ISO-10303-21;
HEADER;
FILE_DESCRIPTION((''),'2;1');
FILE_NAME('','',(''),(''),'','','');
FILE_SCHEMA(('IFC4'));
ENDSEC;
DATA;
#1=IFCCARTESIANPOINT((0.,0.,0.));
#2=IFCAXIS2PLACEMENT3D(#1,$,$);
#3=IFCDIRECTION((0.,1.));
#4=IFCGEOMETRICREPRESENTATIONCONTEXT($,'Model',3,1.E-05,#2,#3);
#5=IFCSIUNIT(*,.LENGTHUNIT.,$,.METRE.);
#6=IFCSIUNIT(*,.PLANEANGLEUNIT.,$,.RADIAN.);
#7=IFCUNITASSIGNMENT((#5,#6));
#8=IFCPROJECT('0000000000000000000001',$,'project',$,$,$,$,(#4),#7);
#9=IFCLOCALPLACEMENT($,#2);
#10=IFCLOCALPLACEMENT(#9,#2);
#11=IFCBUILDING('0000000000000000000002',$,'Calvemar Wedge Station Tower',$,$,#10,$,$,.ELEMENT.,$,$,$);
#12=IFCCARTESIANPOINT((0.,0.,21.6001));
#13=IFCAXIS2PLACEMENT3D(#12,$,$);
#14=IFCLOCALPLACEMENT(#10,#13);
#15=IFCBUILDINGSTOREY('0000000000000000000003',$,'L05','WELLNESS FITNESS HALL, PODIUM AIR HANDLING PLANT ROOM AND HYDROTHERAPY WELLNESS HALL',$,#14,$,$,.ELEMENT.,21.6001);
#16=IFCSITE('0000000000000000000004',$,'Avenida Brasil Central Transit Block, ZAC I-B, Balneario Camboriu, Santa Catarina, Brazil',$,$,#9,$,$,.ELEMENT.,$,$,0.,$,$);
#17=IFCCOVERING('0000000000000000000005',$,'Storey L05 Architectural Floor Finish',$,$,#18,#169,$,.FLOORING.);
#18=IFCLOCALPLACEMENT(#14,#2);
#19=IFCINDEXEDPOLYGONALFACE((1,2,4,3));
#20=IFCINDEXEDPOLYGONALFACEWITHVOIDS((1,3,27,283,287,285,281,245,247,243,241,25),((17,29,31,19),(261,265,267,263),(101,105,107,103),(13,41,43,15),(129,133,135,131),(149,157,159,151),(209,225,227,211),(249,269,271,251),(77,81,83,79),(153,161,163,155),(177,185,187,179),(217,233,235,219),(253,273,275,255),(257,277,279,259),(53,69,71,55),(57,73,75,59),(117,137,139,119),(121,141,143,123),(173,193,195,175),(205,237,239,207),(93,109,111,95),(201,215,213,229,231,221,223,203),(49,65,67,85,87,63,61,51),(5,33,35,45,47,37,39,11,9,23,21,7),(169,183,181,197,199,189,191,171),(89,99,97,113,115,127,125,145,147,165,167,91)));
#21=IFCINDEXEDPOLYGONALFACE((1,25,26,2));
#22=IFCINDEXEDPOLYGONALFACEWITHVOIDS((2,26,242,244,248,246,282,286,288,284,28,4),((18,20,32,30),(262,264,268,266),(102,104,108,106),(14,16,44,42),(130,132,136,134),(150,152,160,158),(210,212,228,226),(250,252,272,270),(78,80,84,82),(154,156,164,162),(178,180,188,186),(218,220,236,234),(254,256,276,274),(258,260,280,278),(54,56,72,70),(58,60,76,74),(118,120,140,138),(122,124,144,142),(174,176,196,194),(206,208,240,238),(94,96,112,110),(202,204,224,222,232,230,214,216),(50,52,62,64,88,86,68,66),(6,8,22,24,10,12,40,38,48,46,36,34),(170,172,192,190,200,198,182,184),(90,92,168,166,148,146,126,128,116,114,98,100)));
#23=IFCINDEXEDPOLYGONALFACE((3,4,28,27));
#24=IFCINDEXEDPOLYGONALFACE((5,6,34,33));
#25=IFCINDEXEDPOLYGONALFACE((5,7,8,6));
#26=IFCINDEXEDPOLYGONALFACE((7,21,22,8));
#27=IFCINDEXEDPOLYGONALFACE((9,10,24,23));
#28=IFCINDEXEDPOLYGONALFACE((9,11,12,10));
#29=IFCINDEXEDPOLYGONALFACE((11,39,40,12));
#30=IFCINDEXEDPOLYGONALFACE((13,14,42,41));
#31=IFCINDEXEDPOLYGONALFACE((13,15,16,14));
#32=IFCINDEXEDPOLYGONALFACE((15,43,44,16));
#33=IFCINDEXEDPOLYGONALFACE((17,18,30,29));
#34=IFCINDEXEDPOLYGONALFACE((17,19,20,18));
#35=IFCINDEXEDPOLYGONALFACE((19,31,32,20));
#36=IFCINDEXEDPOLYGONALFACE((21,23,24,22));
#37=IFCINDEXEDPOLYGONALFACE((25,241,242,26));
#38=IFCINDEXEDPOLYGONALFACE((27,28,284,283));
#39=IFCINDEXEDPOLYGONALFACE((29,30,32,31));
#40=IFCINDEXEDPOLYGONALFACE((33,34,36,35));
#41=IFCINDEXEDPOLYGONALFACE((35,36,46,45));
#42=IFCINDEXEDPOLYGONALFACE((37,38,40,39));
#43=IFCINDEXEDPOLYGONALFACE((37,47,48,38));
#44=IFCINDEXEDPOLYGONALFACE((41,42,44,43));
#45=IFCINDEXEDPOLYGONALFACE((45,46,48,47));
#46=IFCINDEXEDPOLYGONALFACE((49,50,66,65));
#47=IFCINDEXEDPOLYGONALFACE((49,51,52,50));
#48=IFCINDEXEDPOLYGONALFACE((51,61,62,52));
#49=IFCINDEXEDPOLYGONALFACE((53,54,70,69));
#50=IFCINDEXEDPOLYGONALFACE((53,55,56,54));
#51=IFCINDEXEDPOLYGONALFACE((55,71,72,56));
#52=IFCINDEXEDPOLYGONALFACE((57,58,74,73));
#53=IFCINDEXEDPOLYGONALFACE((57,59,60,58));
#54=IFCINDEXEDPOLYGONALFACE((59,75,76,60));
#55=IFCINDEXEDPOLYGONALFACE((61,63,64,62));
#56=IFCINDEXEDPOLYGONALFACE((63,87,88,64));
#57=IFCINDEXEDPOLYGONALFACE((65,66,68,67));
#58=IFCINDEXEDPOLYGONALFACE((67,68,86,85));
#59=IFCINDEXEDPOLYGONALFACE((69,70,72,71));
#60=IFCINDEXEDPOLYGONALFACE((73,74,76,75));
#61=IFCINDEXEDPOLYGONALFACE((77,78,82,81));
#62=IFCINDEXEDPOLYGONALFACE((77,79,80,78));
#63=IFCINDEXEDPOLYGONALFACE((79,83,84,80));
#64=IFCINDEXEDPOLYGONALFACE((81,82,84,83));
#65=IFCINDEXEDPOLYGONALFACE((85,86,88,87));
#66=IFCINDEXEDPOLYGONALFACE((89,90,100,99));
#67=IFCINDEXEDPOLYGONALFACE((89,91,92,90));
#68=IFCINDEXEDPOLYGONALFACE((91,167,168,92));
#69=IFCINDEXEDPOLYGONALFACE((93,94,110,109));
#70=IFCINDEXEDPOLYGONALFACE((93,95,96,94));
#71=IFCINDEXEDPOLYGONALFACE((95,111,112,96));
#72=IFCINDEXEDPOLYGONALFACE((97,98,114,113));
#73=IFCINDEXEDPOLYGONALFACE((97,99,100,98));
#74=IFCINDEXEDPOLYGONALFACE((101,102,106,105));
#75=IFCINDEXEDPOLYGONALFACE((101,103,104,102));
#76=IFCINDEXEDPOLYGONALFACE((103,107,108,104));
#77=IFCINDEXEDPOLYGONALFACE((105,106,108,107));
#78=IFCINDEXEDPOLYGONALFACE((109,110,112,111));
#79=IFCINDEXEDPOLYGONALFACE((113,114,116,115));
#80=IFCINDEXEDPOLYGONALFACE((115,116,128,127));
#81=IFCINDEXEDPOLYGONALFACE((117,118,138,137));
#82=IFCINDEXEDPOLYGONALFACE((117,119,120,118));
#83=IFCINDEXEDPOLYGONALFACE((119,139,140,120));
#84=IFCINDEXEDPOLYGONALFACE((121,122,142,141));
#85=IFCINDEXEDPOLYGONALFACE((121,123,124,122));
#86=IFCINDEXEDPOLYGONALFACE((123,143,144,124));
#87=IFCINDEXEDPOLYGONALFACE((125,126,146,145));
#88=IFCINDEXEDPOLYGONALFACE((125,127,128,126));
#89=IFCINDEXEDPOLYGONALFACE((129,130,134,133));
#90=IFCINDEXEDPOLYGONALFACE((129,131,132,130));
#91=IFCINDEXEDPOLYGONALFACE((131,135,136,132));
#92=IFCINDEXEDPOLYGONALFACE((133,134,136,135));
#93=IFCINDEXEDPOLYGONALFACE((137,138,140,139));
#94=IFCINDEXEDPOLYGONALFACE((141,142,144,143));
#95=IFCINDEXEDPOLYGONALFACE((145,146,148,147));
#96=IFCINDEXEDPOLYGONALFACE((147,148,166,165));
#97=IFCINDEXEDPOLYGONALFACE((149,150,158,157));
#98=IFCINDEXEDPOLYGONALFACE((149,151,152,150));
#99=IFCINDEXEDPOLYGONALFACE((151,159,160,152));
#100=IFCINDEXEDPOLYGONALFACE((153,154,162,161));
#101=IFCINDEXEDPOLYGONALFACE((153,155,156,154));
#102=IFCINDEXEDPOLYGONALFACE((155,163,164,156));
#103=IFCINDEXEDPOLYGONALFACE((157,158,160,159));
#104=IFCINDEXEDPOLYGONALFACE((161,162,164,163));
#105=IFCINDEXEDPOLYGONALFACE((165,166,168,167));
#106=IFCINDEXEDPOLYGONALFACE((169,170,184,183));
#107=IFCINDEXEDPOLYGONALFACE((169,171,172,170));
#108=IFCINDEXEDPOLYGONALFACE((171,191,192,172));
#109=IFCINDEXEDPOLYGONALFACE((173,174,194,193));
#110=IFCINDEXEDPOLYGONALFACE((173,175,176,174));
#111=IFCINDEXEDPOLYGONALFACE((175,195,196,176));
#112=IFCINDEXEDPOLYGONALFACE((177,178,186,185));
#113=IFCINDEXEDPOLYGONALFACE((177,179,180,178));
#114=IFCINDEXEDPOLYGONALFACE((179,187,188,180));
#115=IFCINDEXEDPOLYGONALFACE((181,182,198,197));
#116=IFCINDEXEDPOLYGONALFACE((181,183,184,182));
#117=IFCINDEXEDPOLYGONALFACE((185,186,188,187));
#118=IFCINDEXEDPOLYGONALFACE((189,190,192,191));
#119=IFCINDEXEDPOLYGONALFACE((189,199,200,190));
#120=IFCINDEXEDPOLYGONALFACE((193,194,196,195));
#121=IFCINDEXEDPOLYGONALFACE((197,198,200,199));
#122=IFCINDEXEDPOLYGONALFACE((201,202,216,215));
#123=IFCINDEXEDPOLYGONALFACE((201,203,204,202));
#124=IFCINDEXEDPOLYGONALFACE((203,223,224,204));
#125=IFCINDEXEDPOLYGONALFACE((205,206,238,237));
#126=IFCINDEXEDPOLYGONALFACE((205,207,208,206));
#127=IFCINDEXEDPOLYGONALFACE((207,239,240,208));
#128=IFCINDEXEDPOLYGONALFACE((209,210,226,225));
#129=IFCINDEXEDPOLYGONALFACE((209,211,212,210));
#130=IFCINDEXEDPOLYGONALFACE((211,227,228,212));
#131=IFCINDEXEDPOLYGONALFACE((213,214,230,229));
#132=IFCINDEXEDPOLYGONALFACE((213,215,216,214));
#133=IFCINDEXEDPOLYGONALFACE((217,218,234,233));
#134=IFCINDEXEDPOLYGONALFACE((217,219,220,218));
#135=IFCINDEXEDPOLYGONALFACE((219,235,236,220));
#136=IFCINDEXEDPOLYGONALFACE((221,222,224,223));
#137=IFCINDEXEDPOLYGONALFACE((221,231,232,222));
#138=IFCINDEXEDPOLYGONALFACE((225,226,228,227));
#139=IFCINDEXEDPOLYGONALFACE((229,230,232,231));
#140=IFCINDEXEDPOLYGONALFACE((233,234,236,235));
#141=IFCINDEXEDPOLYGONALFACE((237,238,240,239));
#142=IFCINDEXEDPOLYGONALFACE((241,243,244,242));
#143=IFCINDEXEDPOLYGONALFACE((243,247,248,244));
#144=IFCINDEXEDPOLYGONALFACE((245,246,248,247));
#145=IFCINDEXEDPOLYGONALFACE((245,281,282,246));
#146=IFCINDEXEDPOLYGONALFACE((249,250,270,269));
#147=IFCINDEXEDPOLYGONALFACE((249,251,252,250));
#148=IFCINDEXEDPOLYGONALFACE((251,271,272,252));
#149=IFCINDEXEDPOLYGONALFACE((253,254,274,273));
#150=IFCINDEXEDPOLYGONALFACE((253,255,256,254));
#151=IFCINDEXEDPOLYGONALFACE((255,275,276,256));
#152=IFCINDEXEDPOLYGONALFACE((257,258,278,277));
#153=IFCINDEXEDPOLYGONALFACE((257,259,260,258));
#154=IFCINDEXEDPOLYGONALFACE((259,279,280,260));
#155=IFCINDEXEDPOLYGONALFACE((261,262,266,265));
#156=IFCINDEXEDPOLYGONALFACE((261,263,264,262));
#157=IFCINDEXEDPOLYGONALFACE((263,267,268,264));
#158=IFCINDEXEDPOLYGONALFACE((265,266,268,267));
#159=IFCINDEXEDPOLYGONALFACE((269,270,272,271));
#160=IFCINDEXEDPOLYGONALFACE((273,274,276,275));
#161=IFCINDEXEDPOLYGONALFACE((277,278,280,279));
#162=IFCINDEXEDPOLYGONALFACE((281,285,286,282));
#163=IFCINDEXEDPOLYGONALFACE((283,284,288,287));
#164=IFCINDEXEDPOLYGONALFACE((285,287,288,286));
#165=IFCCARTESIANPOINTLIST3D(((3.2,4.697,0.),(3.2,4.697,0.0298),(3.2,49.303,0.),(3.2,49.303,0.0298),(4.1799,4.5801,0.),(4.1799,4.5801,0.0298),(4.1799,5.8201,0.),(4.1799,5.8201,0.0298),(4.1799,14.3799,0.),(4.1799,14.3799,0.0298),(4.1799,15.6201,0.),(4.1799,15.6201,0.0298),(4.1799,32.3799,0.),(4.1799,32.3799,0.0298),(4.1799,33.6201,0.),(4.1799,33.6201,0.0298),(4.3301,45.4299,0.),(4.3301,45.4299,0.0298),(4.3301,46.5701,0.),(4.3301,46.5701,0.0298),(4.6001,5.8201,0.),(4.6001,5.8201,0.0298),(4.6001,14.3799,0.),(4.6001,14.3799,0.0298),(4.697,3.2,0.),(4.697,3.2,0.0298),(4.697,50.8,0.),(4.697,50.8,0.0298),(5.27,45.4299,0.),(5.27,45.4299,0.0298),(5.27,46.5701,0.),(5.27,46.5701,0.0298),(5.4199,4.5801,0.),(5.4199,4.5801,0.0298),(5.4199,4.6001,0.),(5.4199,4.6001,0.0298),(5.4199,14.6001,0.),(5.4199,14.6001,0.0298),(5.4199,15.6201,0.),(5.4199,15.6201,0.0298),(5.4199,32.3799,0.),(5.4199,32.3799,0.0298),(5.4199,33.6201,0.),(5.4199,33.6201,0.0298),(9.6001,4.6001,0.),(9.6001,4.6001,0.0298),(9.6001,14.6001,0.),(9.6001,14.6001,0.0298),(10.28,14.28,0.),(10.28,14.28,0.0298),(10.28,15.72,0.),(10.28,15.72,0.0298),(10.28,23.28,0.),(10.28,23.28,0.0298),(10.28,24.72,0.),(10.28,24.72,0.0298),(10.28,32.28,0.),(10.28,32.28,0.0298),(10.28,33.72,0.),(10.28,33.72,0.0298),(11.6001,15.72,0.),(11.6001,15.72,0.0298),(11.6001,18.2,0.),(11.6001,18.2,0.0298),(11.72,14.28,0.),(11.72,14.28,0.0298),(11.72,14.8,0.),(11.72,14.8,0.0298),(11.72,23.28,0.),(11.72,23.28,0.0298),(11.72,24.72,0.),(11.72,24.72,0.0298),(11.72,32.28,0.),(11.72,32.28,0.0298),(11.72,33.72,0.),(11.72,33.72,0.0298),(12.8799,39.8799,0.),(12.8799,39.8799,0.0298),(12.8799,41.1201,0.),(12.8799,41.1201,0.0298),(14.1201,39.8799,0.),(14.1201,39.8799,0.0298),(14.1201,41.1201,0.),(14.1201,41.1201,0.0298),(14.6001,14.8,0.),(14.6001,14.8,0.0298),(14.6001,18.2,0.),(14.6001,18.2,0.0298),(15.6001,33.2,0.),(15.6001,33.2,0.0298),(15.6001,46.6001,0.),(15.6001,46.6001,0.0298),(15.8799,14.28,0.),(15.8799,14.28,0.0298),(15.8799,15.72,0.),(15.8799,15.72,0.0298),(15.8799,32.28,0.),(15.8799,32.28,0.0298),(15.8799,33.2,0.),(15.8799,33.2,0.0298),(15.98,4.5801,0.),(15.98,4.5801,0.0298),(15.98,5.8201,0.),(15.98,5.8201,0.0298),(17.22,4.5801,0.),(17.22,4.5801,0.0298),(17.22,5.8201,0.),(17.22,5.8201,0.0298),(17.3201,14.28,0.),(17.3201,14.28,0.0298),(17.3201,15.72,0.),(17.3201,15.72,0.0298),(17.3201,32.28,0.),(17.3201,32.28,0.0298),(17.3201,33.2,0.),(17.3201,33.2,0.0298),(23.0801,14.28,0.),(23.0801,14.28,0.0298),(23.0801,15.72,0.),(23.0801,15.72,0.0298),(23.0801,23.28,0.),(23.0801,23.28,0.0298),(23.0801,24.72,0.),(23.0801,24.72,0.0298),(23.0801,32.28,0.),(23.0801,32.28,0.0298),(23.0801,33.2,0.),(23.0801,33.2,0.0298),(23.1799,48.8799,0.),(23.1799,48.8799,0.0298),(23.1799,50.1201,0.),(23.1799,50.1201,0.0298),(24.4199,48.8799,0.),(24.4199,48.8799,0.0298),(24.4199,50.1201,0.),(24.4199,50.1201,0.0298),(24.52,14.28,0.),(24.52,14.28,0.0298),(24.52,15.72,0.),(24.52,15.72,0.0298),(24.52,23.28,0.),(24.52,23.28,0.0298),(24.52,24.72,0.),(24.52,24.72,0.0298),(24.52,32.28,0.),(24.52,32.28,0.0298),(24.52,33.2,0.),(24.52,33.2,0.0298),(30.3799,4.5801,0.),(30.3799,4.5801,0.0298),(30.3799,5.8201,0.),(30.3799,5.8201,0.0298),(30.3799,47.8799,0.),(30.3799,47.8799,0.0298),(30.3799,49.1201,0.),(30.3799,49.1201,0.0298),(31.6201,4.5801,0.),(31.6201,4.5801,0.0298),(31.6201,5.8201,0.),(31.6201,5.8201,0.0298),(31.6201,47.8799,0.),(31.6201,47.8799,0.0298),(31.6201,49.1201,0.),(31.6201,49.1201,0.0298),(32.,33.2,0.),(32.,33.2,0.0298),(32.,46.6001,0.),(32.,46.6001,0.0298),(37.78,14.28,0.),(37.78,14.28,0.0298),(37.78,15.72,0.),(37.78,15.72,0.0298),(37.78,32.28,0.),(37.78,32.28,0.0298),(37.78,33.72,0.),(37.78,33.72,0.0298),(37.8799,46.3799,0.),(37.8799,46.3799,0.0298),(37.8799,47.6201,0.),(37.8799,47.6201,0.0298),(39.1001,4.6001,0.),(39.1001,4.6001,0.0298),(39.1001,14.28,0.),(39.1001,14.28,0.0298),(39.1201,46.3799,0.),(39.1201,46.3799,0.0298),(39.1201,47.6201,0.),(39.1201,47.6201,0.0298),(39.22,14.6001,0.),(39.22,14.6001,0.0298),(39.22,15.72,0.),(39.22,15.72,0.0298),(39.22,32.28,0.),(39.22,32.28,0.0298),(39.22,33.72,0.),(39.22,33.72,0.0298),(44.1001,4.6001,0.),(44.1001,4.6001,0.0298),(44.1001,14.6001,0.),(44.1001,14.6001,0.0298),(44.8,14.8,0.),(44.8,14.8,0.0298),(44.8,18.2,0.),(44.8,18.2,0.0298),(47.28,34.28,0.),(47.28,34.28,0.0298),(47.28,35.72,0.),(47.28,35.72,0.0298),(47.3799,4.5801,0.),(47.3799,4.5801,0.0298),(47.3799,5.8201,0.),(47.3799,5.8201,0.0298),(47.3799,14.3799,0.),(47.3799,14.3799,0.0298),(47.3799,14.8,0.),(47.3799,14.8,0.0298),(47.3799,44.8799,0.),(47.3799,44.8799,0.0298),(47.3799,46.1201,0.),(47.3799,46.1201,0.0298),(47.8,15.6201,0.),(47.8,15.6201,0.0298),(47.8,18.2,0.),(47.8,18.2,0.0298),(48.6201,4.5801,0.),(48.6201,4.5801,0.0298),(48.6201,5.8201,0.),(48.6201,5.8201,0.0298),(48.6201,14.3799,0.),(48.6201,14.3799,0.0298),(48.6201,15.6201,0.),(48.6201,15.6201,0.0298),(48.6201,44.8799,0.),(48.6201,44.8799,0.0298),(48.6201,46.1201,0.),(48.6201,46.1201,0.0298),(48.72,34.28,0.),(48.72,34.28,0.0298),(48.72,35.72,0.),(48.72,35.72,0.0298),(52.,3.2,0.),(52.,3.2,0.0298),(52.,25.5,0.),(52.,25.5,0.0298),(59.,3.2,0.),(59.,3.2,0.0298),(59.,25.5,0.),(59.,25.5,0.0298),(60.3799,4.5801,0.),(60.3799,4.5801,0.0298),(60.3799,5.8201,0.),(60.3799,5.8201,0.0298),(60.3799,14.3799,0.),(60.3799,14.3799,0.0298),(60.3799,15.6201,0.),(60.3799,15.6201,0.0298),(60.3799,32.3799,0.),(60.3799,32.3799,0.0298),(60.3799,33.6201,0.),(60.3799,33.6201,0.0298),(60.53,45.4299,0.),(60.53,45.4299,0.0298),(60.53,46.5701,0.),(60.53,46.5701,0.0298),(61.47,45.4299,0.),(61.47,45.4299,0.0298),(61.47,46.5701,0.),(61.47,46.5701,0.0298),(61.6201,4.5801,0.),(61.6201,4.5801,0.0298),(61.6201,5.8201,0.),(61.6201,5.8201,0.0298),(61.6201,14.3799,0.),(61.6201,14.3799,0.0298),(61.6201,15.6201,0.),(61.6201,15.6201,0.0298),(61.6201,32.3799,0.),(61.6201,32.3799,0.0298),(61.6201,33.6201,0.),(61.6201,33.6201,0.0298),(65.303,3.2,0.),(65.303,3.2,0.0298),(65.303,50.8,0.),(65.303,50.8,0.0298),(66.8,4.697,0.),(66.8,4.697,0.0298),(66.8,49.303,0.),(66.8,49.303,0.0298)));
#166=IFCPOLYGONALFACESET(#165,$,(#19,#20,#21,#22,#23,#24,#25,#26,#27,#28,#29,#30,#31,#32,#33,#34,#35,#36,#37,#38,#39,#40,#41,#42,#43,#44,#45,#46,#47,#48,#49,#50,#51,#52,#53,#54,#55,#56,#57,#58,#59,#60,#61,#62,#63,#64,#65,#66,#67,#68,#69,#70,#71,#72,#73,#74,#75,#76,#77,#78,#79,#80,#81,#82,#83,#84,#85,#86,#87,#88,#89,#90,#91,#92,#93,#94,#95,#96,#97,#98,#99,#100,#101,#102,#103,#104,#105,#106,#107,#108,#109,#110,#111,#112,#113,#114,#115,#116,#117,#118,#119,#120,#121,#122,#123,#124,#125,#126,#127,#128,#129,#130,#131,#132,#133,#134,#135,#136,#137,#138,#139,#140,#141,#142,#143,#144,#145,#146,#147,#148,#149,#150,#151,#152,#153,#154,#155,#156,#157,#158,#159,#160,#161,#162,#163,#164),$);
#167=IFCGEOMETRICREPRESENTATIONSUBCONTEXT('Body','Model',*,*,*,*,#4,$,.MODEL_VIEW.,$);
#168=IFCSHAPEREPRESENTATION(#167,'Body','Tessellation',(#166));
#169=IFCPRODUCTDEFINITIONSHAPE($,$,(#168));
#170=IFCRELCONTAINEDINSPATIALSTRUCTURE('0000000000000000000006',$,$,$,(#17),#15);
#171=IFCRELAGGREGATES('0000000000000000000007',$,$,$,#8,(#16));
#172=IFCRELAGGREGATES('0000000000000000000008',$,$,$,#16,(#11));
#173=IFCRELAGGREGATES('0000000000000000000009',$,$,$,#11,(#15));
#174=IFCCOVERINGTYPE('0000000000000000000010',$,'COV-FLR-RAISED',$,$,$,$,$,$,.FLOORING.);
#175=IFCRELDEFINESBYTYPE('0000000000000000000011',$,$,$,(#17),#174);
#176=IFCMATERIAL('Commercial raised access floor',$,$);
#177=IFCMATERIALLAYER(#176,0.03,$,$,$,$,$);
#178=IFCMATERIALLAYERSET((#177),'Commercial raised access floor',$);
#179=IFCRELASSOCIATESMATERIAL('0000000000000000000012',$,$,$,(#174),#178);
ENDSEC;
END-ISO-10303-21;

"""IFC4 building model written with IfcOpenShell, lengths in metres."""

from ifc_helpers import new_model, si_unit, direction, frame, origin, place, context, subcontext, project, spatial, polyline, outline, extrude, material, layer, layer_set, type_object, element, save


model = new_model("IFC4")

# Units and contexts
model_context = context("Model", 3, precision=1e-05, world=origin(), true_north=direction((0.0, 1.0)))
body_context = subcontext(model_context, "Body", "Model", "MODEL_VIEW")
ifc_project = project(units=[si_unit("LENGTHUNIT", "METRE"), si_unit("PLANEANGLEUNIT", "RADIAN")], contexts=[model_context])

# Site, building, storey
site_placement = place(None, origin())
site = spatial("IfcSite", under=ifc_project, at=site_placement, Name="Avenida Brasil Central Transit Block, ZAC I-B, Balneario Camboriu, Santa Catarina, Brazil", CompositionType="ELEMENT", RefElevation=0.0)
building_placement = place(site_placement, origin())
building = spatial("IfcBuilding", under=site, at=building_placement, Name="Calvemar Wedge Station Tower", CompositionType="ELEMENT")
storey_placement = place(building_placement, frame((0.0, 0.0, 21.6001)))
storey = spatial("IfcBuildingStorey", under=building, at=storey_placement, Name="L05", Description="WELLNESS FITNESS HALL, PODIUM AIR HANDLING PLANT ROOM AND HYDROTHERAPY WELLNESS HALL", CompositionType="ELEMENT", Elevation=21.6001)

# Covering
ifc_material_1 = material(Name="Commercial raised access floor")
ifc_layer_1 = layer(ifc_material_1, 0.03)
ifc_layer_set_1 = layer_set([ifc_layer_1], Name="Commercial raised access floor")
covering_type_1 = type_object("IfcCoveringType", Name="COV-FLR-RAISED", PredefinedType="FLOORING", material=ifc_layer_set_1)
covering_1_placement = place(storey_placement, origin())
element("IfcCovering", 1, at=covering_1_placement, inside=storey, type_object=covering_type_1, Name="Storey L05 Architectural Floor Finish", PredefinedType="FLOORING", context=body_context, shape_type="SweptSolid", body=[
    extrude(outline(polyline([(65.303, 50.8), (4.697, 50.8), (3.2, 49.303), (3.2, 4.697), (4.697, 3.2), (52.0, 3.2), (52.0, 25.5), (59.0, 25.5), (59.0, 3.2), (65.303, 3.2), (66.8, 4.697), (66.8, 49.303), (65.303, 50.8)]), holes=[polyline([(15.6001, 46.6001), (32.0, 46.6001), (32.0, 33.2), (24.52, 33.2), (24.52, 32.28), (23.0801, 32.28), (23.0801, 33.2), (17.3201, 33.2), (17.3201, 32.28), (15.8799, 32.28), (15.8799, 33.2), (15.6001, 33.2), (15.6001, 46.6001)]), polyline([(4.6001, 14.3799), (4.1799, 14.3799), (4.1799, 15.6201), (5.4199, 15.6201), (5.4199, 14.6001), (9.6001, 14.6001), (9.6001, 4.6001), (5.4199, 4.6001), (5.4199, 4.5801), (4.1799, 4.5801), (4.1799, 5.8201), (4.6001, 5.8201), (4.6001, 14.3799)]), polyline([(39.22, 14.6001), (44.1001, 14.6001), (44.1001, 4.6001), (39.1001, 4.6001), (39.1001, 14.28), (37.78, 14.28), (37.78, 15.72), (39.22, 15.72), (39.22, 14.6001)]), polyline([(11.72, 14.28), (10.28, 14.28), (10.28, 15.72), (11.6001, 15.72), (11.6001, 18.2), (14.6001, 18.2), (14.6001, 14.8), (11.72, 14.8), (11.72, 14.28)]), polyline([(44.8, 14.8), (44.8, 18.2), (47.8, 18.2), (47.8, 15.6201), (48.6201, 15.6201), (48.6201, 14.3799), (47.3799, 14.3799), (47.3799, 14.8), (44.8, 14.8)]), polyline([(15.98, 5.8201), (17.22, 5.8201), (17.22, 4.5801), (15.98, 4.5801), (15.98, 5.8201)]), polyline([(31.6201, 5.8201), (31.6201, 4.5801), (30.3799, 4.5801), (30.3799, 5.8201), (31.6201, 5.8201)]), polyline([(48.6201, 4.5801), (47.3799, 4.5801), (47.3799, 5.8201), (48.6201, 5.8201), (48.6201, 4.5801)]), polyline([(60.3799, 4.5801), (60.3799, 5.8201), (61.6201, 5.8201), (61.6201, 4.5801), (60.3799, 4.5801)]), polyline([(17.3201, 14.28), (15.8799, 14.28), (15.8799, 15.72), (17.3201, 15.72), (17.3201, 14.28)]), polyline([(23.0801, 14.28), (23.0801, 15.72), (24.52, 15.72), (24.52, 14.28), (23.0801, 14.28)]), polyline([(61.6201, 14.3799), (60.3799, 14.3799), (60.3799, 15.6201), (61.6201, 15.6201), (61.6201, 14.3799)]), polyline([(10.28, 23.28), (10.28, 24.72), (11.72, 24.72), (11.72, 23.28), (10.28, 23.28)]), polyline([(23.0801, 24.72), (24.52, 24.72), (24.52, 23.28), (23.0801, 23.28), (23.0801, 24.72)]), polyline([(5.4199, 33.6201), (5.4199, 32.3799), (4.1799, 32.3799), (4.1799, 33.6201), (5.4199, 33.6201)]), polyline([(11.72, 32.28), (10.28, 32.28), (10.28, 33.72), (11.72, 33.72), (11.72, 32.28)]), polyline([(39.22, 33.72), (39.22, 32.28), (37.78, 32.28), (37.78, 33.72), (39.22, 33.72)]), polyline([(48.72, 34.28), (47.28, 34.28), (47.28, 35.72), (48.72, 35.72), (48.72, 34.28)]), polyline([(60.3799, 32.3799), (60.3799, 33.6201), (61.6201, 33.6201), (61.6201, 32.3799), (60.3799, 32.3799)]), polyline([(4.3301, 46.5701), (5.27, 46.5701), (5.27, 45.4299), (4.3301, 45.4299), (4.3301, 46.5701)]), polyline([(14.1201, 41.1201), (14.1201, 39.8799), (12.8799, 39.8799), (12.8799, 41.1201), (14.1201, 41.1201)]), polyline([(24.4199, 48.8799), (23.1799, 48.8799), (23.1799, 50.1201), (24.4199, 50.1201), (24.4199, 48.8799)]), polyline([(30.3799, 47.8799), (30.3799, 49.1201), (31.6201, 49.1201), (31.6201, 47.8799), (30.3799, 47.8799)]), polyline([(37.8799, 47.6201), (39.1201, 47.6201), (39.1201, 46.3799), (37.8799, 46.3799), (37.8799, 47.6201)]), polyline([(48.6201, 46.1201), (48.6201, 44.8799), (47.3799, 44.8799), (47.3799, 46.1201), (48.6201, 46.1201)]), polyline([(61.47, 45.4299), (60.53, 45.4299), (60.53, 46.5701), (61.47, 46.5701), (61.47, 45.4299)])]), origin(), (0.0, 0.0, 1.0), 0.0298),
])

save(model, "model.ifc")
